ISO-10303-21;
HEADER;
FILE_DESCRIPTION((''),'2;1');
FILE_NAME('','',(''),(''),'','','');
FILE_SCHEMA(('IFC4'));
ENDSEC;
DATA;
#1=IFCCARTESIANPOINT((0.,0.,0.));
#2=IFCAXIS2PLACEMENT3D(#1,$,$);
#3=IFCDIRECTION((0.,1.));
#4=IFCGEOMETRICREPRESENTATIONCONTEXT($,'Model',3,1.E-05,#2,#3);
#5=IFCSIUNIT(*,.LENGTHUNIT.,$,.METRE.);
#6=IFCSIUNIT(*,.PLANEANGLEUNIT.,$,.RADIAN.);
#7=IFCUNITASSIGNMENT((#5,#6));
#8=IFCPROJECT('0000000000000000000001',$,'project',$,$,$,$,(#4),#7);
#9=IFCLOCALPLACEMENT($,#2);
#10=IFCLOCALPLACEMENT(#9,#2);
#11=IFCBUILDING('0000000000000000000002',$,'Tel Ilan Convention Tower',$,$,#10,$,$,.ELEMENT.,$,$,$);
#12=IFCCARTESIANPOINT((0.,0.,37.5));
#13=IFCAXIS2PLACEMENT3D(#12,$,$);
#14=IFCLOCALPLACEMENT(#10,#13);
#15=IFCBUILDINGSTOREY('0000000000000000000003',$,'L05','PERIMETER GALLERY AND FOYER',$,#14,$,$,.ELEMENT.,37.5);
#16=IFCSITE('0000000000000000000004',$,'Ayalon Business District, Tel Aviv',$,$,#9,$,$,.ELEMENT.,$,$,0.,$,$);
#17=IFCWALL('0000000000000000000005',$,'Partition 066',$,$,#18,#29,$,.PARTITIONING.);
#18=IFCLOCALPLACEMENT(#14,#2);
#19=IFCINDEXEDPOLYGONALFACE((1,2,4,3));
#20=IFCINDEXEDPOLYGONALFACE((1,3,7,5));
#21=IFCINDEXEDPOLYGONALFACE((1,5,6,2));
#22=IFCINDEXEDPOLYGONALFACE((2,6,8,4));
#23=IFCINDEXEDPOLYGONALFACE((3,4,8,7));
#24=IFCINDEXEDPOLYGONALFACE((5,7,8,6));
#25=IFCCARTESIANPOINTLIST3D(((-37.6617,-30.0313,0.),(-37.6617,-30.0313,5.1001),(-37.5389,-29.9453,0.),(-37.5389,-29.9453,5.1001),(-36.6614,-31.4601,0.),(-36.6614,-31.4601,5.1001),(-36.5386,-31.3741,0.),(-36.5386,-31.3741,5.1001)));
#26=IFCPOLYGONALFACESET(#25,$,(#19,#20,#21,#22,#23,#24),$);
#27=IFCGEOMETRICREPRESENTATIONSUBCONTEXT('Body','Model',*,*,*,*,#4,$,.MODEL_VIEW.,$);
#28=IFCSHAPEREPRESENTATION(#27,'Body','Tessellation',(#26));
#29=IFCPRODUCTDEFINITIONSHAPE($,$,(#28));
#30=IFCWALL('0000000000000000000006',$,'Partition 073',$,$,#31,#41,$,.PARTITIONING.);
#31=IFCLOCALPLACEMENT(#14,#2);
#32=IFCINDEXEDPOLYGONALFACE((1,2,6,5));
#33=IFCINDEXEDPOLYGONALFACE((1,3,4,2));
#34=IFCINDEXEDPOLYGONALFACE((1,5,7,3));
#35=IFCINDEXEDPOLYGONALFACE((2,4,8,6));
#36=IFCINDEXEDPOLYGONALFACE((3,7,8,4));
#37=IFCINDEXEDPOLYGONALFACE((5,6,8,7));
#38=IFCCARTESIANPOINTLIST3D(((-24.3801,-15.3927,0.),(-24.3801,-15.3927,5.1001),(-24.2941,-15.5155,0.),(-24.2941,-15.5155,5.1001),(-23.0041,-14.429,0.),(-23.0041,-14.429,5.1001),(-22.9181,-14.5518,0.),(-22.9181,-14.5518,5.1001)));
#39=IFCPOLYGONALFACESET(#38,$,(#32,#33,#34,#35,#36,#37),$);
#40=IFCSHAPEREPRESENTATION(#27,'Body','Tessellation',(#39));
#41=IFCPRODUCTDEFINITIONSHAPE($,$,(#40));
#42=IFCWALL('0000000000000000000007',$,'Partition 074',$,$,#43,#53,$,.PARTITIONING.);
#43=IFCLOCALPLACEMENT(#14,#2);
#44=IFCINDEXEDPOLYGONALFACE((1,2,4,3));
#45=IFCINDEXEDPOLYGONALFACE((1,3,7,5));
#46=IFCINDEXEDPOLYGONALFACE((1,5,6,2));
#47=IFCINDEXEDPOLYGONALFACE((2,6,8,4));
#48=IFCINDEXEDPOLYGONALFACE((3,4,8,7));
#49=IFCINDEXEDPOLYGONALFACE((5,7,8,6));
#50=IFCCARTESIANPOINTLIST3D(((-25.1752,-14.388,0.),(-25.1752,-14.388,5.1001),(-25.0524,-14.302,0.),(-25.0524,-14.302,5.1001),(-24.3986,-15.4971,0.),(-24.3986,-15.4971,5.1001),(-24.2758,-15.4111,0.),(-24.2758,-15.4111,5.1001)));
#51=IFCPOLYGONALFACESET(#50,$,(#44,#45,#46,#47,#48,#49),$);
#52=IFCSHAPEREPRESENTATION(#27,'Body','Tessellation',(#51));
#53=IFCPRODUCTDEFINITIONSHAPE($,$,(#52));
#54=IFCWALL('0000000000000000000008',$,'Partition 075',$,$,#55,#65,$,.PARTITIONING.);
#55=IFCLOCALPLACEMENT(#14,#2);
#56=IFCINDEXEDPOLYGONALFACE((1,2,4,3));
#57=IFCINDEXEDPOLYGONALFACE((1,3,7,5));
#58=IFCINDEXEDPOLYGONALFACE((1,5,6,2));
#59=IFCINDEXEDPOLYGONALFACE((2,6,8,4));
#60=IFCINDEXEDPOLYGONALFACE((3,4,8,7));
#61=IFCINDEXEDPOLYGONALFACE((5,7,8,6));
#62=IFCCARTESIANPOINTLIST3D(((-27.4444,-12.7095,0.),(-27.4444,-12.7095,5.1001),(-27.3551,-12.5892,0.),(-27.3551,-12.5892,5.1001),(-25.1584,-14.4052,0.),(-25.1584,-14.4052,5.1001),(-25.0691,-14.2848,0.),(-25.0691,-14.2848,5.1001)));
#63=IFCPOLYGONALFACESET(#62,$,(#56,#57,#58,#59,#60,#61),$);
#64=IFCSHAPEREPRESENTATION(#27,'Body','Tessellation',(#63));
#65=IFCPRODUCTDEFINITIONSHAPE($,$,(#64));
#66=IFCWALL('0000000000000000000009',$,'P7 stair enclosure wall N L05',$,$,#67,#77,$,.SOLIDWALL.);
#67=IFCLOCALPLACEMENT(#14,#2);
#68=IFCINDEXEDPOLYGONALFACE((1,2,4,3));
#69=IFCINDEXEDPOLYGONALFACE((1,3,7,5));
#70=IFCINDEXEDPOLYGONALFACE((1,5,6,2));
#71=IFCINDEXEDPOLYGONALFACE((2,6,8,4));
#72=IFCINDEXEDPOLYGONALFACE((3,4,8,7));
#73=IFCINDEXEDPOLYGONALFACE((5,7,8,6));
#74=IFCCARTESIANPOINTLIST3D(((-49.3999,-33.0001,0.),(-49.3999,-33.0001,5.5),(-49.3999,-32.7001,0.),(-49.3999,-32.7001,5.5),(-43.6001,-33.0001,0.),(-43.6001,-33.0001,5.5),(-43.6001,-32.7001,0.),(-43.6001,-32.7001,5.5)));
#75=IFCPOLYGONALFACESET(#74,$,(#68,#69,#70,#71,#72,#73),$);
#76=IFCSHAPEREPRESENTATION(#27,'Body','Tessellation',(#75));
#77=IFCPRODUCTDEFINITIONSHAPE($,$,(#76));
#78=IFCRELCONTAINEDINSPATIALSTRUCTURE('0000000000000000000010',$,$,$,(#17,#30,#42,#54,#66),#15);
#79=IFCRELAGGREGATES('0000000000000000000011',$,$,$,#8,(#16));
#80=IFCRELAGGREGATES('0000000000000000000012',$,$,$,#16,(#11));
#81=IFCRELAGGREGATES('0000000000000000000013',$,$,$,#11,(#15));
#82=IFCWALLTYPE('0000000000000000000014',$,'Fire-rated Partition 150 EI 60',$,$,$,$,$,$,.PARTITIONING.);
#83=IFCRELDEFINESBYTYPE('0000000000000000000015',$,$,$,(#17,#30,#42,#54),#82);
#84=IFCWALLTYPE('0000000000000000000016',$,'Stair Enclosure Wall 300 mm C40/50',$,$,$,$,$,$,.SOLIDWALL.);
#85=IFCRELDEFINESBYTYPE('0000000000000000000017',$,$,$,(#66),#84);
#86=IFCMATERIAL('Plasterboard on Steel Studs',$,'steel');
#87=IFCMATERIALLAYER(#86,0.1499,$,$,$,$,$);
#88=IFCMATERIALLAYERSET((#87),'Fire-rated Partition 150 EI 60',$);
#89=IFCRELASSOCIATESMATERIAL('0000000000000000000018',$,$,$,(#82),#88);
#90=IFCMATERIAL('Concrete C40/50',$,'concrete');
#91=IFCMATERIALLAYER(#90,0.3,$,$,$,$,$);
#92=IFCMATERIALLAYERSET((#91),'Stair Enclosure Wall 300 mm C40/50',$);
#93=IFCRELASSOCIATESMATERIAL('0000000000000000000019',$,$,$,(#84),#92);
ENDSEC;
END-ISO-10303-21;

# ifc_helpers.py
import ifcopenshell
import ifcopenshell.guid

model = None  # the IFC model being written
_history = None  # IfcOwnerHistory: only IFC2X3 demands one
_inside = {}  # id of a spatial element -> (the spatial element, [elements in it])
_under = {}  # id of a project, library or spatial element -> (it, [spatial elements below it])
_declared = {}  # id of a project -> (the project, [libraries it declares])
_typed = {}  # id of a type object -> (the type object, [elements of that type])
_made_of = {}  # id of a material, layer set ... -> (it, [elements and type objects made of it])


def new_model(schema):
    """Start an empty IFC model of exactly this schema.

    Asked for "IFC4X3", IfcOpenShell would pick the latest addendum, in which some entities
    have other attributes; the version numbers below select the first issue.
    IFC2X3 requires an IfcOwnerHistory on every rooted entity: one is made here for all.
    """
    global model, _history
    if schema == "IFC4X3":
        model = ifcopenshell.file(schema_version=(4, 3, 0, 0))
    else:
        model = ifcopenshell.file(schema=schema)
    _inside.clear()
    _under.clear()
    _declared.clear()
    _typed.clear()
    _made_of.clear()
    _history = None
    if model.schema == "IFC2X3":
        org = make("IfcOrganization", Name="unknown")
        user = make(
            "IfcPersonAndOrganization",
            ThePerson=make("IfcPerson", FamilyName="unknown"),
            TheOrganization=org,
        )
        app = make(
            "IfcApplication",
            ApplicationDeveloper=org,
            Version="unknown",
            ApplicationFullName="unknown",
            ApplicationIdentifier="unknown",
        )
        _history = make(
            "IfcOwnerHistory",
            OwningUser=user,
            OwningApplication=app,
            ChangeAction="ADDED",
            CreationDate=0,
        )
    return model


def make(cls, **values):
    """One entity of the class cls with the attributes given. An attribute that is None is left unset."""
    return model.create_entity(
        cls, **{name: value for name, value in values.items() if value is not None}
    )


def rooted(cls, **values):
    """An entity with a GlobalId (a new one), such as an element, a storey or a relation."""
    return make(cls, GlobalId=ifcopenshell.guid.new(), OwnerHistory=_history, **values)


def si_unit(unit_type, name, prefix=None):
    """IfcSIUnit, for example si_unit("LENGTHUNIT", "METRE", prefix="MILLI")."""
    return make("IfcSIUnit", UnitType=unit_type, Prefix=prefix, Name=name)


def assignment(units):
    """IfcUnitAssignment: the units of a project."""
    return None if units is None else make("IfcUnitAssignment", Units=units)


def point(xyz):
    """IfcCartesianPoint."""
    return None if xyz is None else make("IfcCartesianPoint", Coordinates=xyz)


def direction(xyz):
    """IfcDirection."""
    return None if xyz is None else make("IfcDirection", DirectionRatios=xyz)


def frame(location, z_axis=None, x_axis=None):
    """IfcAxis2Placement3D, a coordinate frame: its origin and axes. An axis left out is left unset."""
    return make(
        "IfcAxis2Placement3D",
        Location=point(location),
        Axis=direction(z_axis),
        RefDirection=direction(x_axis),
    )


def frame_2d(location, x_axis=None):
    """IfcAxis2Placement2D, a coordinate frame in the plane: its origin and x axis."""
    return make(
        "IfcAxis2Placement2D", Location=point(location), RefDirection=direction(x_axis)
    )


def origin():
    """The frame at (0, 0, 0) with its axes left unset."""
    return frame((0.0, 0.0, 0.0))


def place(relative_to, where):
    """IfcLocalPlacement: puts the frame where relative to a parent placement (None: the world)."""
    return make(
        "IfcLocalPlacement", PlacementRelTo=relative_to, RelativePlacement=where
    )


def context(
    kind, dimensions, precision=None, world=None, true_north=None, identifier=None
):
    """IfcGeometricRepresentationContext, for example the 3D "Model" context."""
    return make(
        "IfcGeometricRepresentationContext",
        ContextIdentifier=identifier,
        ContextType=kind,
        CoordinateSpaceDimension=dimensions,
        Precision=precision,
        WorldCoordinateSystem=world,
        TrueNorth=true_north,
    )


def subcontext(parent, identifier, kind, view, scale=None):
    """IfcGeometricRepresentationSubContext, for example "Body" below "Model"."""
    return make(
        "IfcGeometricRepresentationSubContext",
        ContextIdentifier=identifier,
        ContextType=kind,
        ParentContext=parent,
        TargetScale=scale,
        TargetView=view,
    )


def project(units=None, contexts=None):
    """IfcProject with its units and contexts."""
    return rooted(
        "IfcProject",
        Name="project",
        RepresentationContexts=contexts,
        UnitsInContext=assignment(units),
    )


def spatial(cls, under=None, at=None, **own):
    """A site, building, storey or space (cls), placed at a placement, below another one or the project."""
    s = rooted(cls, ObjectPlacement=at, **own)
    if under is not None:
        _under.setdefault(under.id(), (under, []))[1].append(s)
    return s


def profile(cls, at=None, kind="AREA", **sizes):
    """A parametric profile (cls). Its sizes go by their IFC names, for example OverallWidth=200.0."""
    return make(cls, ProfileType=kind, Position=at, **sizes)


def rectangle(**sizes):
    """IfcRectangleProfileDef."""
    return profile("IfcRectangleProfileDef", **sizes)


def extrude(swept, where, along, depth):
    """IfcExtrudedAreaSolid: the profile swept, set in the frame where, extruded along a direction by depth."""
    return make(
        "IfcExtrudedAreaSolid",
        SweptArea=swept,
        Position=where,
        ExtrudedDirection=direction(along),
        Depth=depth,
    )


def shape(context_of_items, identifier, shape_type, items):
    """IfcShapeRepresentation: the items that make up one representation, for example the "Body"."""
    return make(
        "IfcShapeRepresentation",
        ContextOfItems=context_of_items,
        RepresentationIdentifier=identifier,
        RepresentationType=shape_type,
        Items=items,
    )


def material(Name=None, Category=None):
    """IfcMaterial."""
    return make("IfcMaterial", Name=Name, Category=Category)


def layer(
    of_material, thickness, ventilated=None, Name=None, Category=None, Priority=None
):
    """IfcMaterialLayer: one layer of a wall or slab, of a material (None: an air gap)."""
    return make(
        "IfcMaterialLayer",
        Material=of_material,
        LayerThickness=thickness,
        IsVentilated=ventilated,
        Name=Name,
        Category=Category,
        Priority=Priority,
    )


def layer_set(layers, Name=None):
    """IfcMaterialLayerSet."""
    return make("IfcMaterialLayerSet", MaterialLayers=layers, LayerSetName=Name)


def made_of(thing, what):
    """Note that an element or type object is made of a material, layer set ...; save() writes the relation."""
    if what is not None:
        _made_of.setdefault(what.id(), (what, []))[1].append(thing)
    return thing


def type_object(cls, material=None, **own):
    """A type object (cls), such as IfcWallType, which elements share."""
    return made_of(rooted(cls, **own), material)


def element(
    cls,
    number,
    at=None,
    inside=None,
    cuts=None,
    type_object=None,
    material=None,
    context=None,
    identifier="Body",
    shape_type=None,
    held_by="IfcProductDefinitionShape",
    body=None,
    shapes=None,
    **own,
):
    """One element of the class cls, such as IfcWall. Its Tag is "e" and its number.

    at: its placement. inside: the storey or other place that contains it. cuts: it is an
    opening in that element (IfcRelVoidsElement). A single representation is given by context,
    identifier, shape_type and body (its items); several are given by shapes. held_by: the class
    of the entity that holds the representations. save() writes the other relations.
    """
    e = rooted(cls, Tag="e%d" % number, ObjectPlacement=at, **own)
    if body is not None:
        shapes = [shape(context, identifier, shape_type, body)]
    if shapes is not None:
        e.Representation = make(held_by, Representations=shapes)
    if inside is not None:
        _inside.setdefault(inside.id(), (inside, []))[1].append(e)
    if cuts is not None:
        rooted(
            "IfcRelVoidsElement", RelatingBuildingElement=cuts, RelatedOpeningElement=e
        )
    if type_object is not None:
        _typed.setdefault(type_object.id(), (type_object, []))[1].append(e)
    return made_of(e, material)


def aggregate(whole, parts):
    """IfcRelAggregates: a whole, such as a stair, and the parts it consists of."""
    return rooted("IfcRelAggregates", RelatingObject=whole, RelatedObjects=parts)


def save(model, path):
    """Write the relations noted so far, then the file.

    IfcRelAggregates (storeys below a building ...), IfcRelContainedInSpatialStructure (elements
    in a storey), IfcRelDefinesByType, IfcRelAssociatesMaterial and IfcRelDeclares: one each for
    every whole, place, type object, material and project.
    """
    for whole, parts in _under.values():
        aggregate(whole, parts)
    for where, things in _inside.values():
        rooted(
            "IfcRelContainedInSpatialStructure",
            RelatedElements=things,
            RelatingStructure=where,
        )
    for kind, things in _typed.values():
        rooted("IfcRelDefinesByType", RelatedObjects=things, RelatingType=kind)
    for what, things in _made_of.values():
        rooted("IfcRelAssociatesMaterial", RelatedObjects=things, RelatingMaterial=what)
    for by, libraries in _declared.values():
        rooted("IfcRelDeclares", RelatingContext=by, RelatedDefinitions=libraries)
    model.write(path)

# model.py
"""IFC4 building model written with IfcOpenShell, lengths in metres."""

from ifc_helpers import new_model, si_unit, direction, frame, frame_2d, origin, place, context, subcontext, project, spatial, rectangle, extrude, material, layer, layer_set, type_object, element, save


model = new_model("IFC4")

# Units and contexts
model_context = context("Model", 3, precision=1e-05, world=origin(), true_north=direction((0.0, 1.0)))
body_context = subcontext(model_context, "Body", "Model", "MODEL_VIEW")
ifc_project = project(units=[si_unit("LENGTHUNIT", "METRE"), si_unit("PLANEANGLEUNIT", "RADIAN")], contexts=[model_context])

# Site, building, storey
site_placement = place(None, origin())
site = spatial("IfcSite", under=ifc_project, at=site_placement, Name="Ayalon Business District, Tel Aviv", CompositionType="ELEMENT", RefElevation=0.0)
building_placement = place(site_placement, origin())
building = spatial("IfcBuilding", under=site, at=building_placement, Name="Tel Ilan Convention Tower", CompositionType="ELEMENT")
storey_placement = place(building_placement, frame((0.0, 0.0, 37.5)))
storey = spatial("IfcBuildingStorey", under=building, at=storey_placement, Name="L05", Description="PERIMETER GALLERY AND FOYER", CompositionType="ELEMENT", Elevation=37.5)

# Shared definitions
ifc_material_1 = material(Name="Plasterboard on Steel Studs", Category="steel")
ifc_layer_1 = layer(ifc_material_1, 0.1499)
ifc_layer_set_1 = layer_set([ifc_layer_1], Name="Fire-rated Partition 150 EI 60")
wall_type_1 = type_object("IfcWallType", Name="Fire-rated Partition 150 EI 60", PredefinedType="PARTITIONING", material=ifc_layer_set_1)

# Walls
wall_1_placement = place(storey_placement, frame((-37.6003, -29.9883, 0.0), z_axis=(0.0, 0.0, 1.0), x_axis=(0.573519, -0.819192, 0.0)))
element("IfcWall", 1, at=wall_1_placement, inside=storey, type_object=wall_type_1, Name="Partition 066", PredefinedType="PARTITIONING", context=body_context, shape_type="SweptSolid", body=[
    extrude(rectangle(XDim=1.7441, YDim=0.1499, at=frame_2d((0.8721, 0.0))), origin(), (0.0, 0.0, 1.0), 5.1001),
])
wall_2_placement = place(storey_placement, frame((-22.9612, -14.4905, 0.0), z_axis=(0.0, 0.0, 1.0), x_axis=(-0.819109, -0.573638, 0.0)))
element("IfcWall", 2, at=wall_2_placement, inside=storey, type_object=wall_type_1, Name="Partition 073", PredefinedType="PARTITIONING", context=body_context, shape_type="SweptSolid", body=[
    extrude(rectangle(XDim=1.6799, YDim=0.1499, at=frame_2d((0.8398, 0.0))), origin(), (0.0, 0.0, 1.0), 5.1001),
])
wall_3_placement = place(storey_placement, frame((-24.3372, -15.4541, 0.0), z_axis=(0.0, 0.0, 1.0), x_axis=(-0.573571, 0.819156, 0.0)))
element("IfcWall", 3, at=wall_3_placement, inside=storey, type_object=wall_type_1, Name="Partition 074", PredefinedType="PARTITIONING", context=body_context, shape_type="SweptSolid", body=[
    extrude(rectangle(XDim=1.354, YDim=0.1499, at=frame_2d((0.677, 0.0))), origin(), (0.0, 0.0, 1.0), 5.1001),
])
wall_4_placement = place(storey_placement, frame((-25.1138, -14.345, 0.0), z_axis=(0.0, 0.0, 1.0), x_axis=(-0.80317, 0.595751, 0.0)))
element("IfcWall", 4, at=wall_4_placement, inside=storey, type_object=wall_type_1, Name="Partition 075", PredefinedType="PARTITIONING", context=body_context, shape_type="SweptSolid", body=[
    extrude(rectangle(XDim=2.8462, YDim=0.1499, at=frame_2d((1.4231, 0.0))), origin(), (0.0, 0.0, 1.0), 5.1001),
])
ifc_material_2 = material(Name="Concrete C40/50", Category="concrete")
ifc_layer_2 = layer(ifc_material_2, 0.3)
ifc_layer_set_2 = layer_set([ifc_layer_2], Name="Stair Enclosure Wall 300 mm C40/50")
wall_type_2 = type_object("IfcWallType", Name="Stair Enclosure Wall 300 mm C40/50", PredefinedType="SOLIDWALL", material=ifc_layer_set_2)
wall_5_placement = place(storey_placement, frame((-49.3999, -32.8501, 0.0), z_axis=(0.0, 0.0, 1.0), x_axis=(1.0, 0.0, 0.0)))
element("IfcWall", 5, at=wall_5_placement, inside=storey, type_object=wall_type_2, Name="P7 stair enclosure wall N L05", PredefinedType="SOLIDWALL", context=body_context, shape_type="SweptSolid", body=[
    extrude(rectangle(XDim=5.7998, YDim=0.3, at=frame_2d((2.8999, 0.0))), origin(), (0.0, 0.0, 1.0), 5.5),
])

save(model, "model.ifc")
